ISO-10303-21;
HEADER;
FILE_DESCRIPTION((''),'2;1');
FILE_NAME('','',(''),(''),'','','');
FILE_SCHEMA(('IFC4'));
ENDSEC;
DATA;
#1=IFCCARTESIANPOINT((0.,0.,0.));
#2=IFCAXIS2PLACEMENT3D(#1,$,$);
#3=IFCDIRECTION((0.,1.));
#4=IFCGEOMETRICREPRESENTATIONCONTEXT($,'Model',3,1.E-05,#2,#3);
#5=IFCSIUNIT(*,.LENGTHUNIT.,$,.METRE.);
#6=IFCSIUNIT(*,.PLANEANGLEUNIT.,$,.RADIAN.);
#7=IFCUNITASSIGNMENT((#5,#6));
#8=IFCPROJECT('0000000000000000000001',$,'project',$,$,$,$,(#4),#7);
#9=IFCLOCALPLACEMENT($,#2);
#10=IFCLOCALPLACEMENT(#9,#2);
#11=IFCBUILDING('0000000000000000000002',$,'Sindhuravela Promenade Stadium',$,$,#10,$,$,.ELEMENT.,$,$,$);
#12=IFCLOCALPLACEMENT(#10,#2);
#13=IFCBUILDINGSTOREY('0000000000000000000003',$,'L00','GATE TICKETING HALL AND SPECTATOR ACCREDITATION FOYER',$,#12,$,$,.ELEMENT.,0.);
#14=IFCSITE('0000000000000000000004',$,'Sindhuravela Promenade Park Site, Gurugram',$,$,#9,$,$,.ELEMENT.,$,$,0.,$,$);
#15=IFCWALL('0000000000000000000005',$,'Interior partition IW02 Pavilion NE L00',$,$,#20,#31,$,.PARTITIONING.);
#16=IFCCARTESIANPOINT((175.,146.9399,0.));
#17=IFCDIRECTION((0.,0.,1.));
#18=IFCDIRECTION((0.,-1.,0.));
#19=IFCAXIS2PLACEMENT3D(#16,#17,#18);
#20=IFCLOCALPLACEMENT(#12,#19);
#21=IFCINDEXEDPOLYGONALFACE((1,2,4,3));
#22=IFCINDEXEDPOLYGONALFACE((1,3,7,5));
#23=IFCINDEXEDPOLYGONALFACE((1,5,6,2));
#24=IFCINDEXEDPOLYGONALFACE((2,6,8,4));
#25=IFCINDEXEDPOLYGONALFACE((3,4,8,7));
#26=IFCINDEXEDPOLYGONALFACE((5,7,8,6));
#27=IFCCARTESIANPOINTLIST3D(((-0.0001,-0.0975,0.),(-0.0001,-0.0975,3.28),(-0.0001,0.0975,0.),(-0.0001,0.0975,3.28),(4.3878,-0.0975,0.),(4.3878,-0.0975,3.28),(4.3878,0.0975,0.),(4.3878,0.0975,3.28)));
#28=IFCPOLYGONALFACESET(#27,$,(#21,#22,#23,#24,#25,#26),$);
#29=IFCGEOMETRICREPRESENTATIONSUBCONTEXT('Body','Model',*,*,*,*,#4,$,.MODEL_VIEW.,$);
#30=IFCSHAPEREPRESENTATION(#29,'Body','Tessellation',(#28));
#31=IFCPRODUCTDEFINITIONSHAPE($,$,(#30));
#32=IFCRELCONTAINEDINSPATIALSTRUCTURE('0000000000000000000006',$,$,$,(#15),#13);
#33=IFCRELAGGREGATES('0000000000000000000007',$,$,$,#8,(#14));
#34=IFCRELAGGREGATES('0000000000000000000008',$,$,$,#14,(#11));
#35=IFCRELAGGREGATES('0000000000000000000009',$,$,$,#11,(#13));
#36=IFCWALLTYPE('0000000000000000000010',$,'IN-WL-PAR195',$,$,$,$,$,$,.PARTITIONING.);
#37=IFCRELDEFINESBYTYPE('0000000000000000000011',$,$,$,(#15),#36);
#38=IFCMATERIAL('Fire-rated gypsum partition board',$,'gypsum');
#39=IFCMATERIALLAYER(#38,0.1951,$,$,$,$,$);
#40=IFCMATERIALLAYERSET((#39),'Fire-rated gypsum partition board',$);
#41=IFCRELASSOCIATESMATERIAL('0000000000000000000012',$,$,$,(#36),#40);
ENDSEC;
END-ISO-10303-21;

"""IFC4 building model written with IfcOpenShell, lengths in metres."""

from ifc_helpers import new_model, si_unit, direction, frame, frame_2d, origin, place, context, subcontext, project, spatial, rectangle, extrude, material, layer, layer_set, type_object, element, save


model = new_model("IFC4")

# Units and contexts
model_context = context("Model", 3, precision=1e-05, world=origin(), true_north=direction((0.0, 1.0)))
body_context = subcontext(model_context, "Body", "Model", "MODEL_VIEW")
ifc_project = project(units=[si_unit("LENGTHUNIT", "METRE"), si_unit("PLANEANGLEUNIT", "RADIAN")], contexts=[model_context])

# Site, building, storey
site_placement = place(None, origin())
site = spatial("IfcSite", under=ifc_project, at=site_placement, Name="Sindhuravela Promenade Park Site, Gurugram", CompositionType="ELEMENT", RefElevation=0.0)
building_placement = place(site_placement, origin())
building = spatial("IfcBuilding", under=site, at=building_placement, Name="Sindhuravela Promenade Stadium", CompositionType="ELEMENT")
storey_placement = place(building_placement, origin())
storey = spatial("IfcBuildingStorey", under=building, at=storey_placement, Name="L00", Description="GATE TICKETING HALL AND SPECTATOR ACCREDITATION FOYER", CompositionType="ELEMENT", Elevation=0.0)

# Shared definitions
ifc_material_1 = material(Name="Fire-rated gypsum partition board", Category="gypsum")

# Wall
ifc_layer_1 = layer(ifc_material_1, 0.1951)
ifc_layer_set_1 = layer_set([ifc_layer_1], Name="Fire-rated gypsum partition board")
wall_type_1 = type_object("IfcWallType", Name="IN-WL-PAR195", PredefinedType="PARTITIONING", material=ifc_layer_set_1)
wall_1_placement = place(storey_placement, frame((175.0, 146.9399, 0.0), z_axis=(0.0, 0.0, 1.0), x_axis=(0.0, -1.0, 0.0)))
element("IfcWall", 1, at=wall_1_placement, inside=storey, type_object=wall_type_1, Name="Interior partition IW02 Pavilion NE L00", PredefinedType="PARTITIONING", context=body_context, shape_type="SweptSolid", body=[
    extrude(rectangle(XDim=4.3879, YDim=0.1951, at=frame_2d((2.1938, 0.0))), origin(), (0.0, 0.0, 1.0), 3.28),
])

save(model, "model.ifc")
